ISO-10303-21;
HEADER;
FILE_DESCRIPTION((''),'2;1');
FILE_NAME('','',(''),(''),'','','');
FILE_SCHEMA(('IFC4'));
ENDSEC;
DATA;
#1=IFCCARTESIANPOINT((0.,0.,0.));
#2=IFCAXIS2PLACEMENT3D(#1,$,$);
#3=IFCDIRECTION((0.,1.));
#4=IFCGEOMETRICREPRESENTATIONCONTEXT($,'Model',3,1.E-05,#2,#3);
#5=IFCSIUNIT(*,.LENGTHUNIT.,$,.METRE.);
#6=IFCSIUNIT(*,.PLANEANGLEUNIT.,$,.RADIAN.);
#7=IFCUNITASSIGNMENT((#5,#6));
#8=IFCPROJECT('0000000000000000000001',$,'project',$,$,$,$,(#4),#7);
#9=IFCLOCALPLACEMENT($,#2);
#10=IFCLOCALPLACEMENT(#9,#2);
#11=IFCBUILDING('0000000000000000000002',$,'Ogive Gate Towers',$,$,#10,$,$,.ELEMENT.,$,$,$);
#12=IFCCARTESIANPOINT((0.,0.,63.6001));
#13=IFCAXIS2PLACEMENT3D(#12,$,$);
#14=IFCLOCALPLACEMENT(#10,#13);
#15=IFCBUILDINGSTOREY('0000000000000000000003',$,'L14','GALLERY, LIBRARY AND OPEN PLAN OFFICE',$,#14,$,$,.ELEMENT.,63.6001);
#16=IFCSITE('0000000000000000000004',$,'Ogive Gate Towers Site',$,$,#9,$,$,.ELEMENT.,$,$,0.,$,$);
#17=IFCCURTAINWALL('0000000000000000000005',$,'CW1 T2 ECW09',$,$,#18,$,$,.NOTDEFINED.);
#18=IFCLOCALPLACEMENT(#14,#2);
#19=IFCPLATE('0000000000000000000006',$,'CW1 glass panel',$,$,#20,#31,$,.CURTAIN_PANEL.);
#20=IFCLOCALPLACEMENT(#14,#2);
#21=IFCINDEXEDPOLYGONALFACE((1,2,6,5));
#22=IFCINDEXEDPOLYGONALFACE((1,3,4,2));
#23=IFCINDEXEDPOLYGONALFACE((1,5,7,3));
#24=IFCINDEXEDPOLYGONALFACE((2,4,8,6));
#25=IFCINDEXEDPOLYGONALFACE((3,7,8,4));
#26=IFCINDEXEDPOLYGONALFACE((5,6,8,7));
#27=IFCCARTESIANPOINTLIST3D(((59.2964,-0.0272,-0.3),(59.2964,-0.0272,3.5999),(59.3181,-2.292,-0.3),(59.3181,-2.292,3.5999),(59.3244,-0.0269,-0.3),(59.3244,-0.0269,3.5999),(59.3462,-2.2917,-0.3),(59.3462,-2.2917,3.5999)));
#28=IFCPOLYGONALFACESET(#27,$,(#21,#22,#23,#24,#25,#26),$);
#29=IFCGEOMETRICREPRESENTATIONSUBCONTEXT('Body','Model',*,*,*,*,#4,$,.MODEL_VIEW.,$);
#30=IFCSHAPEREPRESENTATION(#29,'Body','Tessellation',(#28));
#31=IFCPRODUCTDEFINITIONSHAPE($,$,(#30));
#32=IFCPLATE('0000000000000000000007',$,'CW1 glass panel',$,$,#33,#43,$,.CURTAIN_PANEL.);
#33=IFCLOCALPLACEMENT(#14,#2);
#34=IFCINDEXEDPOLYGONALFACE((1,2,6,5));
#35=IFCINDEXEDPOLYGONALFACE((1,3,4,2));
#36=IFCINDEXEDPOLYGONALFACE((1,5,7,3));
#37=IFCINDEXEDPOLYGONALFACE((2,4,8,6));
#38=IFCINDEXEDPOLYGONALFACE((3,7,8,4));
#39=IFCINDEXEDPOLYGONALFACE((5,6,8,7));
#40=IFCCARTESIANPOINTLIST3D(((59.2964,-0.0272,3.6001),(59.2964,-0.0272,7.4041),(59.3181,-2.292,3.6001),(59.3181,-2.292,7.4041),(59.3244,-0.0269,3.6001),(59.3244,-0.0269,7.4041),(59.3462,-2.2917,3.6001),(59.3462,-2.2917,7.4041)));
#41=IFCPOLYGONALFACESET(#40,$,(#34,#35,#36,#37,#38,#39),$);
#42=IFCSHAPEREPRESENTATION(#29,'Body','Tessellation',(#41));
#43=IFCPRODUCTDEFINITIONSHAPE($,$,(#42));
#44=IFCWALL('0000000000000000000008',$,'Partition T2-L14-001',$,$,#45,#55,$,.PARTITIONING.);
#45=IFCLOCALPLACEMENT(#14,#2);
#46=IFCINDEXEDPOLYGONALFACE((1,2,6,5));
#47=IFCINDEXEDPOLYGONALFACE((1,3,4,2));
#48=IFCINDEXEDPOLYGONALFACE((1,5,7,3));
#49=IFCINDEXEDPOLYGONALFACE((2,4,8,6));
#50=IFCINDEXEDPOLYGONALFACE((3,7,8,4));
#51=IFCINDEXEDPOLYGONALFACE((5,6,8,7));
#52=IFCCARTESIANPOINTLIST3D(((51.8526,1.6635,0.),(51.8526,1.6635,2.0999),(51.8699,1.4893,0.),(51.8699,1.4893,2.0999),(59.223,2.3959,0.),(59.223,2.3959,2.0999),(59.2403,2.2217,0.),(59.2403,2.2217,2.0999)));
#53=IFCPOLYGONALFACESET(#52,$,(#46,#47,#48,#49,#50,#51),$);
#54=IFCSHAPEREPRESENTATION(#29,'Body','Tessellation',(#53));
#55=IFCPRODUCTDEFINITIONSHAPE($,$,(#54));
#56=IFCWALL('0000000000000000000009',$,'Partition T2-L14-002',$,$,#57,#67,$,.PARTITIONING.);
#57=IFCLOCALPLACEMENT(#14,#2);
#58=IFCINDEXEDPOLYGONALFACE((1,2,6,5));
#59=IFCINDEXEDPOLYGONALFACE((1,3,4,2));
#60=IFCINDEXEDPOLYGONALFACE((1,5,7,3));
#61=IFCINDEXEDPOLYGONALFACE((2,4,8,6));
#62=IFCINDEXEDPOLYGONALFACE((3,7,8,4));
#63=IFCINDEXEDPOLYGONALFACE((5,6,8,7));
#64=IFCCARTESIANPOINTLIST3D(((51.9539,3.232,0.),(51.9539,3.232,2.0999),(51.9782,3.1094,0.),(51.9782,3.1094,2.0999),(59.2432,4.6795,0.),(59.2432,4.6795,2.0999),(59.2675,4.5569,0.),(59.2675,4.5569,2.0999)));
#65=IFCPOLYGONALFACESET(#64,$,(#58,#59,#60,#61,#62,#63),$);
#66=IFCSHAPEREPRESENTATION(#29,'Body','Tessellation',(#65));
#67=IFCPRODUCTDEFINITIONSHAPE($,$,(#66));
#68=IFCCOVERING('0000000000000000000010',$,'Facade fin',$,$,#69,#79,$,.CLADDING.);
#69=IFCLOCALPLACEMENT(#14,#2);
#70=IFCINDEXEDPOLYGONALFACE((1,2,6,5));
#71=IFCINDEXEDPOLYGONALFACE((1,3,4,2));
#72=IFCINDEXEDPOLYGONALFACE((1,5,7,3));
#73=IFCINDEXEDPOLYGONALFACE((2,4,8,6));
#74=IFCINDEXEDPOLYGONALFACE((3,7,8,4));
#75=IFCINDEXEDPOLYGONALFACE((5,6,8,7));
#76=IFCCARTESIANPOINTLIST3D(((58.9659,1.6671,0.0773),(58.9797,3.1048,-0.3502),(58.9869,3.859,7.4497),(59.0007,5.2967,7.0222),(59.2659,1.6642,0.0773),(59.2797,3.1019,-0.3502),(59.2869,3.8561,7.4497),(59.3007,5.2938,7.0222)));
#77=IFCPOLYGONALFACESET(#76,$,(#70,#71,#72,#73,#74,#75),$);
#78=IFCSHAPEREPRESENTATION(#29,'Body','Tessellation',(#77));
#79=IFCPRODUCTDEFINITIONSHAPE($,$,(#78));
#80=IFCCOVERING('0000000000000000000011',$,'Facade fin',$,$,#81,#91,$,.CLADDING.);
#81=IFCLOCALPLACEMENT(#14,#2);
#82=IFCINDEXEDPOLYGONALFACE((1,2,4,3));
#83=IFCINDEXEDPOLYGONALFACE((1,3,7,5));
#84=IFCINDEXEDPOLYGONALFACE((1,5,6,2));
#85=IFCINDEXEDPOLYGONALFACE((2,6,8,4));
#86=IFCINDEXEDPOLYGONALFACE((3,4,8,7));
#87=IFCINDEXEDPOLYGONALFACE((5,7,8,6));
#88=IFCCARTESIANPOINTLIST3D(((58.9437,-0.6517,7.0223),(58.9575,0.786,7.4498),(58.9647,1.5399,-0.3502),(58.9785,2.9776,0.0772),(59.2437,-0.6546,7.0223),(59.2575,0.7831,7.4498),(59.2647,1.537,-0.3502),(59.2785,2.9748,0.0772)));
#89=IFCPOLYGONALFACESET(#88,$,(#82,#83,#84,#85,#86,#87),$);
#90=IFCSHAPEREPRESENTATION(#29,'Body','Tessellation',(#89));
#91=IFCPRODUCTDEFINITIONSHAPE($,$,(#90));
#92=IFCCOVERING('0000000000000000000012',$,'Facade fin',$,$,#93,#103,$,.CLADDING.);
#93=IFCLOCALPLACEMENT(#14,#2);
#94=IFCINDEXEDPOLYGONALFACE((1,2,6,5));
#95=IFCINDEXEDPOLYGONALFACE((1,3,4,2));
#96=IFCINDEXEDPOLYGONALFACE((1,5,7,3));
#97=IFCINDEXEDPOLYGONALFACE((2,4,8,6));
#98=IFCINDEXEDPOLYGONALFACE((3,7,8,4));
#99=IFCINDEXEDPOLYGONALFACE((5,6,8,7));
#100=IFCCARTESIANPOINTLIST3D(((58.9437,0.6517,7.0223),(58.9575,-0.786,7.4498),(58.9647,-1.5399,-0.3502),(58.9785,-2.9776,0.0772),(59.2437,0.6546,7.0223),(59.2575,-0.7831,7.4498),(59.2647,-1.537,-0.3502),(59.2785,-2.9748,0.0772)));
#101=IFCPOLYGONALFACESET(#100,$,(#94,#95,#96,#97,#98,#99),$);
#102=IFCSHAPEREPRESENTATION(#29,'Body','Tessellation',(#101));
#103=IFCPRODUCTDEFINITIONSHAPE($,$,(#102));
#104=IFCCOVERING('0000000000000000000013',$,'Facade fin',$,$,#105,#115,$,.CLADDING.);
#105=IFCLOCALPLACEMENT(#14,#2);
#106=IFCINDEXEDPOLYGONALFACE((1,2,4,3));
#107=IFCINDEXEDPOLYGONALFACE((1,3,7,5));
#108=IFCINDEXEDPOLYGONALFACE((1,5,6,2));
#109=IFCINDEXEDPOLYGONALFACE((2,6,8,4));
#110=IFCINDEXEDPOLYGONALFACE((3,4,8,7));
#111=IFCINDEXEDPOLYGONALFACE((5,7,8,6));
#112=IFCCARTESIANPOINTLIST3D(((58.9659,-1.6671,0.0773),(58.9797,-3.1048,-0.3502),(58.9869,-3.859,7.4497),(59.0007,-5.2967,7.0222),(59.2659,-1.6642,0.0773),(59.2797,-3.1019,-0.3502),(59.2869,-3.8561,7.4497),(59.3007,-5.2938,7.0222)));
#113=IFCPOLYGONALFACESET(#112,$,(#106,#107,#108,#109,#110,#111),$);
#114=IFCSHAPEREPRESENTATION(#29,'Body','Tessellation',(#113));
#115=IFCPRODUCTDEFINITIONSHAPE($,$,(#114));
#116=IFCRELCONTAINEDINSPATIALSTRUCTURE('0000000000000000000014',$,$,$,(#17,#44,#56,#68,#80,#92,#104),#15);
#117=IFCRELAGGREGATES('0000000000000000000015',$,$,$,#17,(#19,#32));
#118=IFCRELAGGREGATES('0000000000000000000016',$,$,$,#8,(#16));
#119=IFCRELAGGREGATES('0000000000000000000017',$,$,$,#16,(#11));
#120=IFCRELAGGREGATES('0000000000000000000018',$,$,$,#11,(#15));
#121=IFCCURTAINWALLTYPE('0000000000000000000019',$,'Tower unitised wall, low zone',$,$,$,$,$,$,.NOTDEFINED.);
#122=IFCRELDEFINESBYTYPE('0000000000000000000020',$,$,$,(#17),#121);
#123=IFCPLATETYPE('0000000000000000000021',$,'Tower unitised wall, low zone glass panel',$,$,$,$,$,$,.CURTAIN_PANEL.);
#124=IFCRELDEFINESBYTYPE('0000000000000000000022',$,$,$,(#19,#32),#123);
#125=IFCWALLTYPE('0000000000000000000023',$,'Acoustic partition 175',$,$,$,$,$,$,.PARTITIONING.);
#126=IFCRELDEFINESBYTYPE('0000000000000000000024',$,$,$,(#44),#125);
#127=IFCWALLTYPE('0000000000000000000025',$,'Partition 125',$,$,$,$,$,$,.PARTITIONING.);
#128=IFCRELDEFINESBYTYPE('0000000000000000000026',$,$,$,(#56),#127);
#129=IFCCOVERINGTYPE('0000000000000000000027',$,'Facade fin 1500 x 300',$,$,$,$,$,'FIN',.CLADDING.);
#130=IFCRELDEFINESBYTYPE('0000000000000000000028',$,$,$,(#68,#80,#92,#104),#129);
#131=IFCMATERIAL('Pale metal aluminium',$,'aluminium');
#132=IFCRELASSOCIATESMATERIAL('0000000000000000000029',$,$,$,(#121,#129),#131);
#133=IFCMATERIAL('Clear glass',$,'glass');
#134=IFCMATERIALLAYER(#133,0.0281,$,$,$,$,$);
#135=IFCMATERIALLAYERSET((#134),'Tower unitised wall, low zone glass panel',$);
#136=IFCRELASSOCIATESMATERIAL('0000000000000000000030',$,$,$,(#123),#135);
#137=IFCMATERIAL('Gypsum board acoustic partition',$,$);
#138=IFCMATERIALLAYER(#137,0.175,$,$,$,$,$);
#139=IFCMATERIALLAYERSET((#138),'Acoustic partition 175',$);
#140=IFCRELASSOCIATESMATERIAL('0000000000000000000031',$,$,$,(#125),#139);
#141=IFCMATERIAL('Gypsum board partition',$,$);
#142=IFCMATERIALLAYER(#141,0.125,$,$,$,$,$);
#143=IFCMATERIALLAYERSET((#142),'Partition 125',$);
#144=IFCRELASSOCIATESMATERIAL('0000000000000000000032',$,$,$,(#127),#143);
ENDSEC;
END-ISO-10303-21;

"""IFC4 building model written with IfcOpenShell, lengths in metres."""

from ifc_helpers import new_model, si_unit, direction, frame, frame_2d, origin, origin_2d, place, context, subcontext, project, spatial, rectangle, extrude, material, layer, layer_set, material_profile, profile_set, type_object, element, aggregate, save


model = new_model("IFC4")

# Units and contexts
model_context = context("Model", 3, precision=1e-05, world=origin(), true_north=direction((0.0, 1.0)))
body_context = subcontext(model_context, "Body", "Model", "MODEL_VIEW")
ifc_project = project(units=[si_unit("LENGTHUNIT", "METRE"), si_unit("PLANEANGLEUNIT", "RADIAN")], contexts=[model_context])

# Site, building, storey
site_placement = place(None, origin())
site = spatial("IfcSite", under=ifc_project, at=site_placement, Name="Ogive Gate Towers Site", CompositionType="ELEMENT", RefElevation=0.0)
building_placement = place(site_placement, origin())
building = spatial("IfcBuilding", under=site, at=building_placement, Name="Ogive Gate Towers", CompositionType="ELEMENT")
storey_placement = place(building_placement, frame((0.0, 0.0, 63.6001)))
storey = spatial("IfcBuildingStorey", under=building, at=storey_placement, Name="L14", Description="GALLERY, LIBRARY AND OPEN PLAN OFFICE", CompositionType="ELEMENT", Elevation=63.6001)

# Shared definitions
ifc_material_1 = material(Name="Pale metal aluminium", Category="aluminium")
curtain_wall_type = type_object("IfcCurtainWallType", Name="Tower unitised wall, low zone", PredefinedType="NOTDEFINED", material=ifc_material_1)

# Curtain wall
curtain_wall_1_placement = place(storey_placement, origin())
curtain_wall_1 = element("IfcCurtainWall", 1, at=curtain_wall_1_placement, inside=storey, type_object=curtain_wall_type, Name="CW1 T2 ECW09", PredefinedType="NOTDEFINED")

# Plates
ifc_material_2 = material(Name="Clear glass", Category="glass")
ifc_layer_1 = layer(ifc_material_2, 0.0281)
ifc_layer_set_1 = layer_set([ifc_layer_1], Name="Tower unitised wall, low zone glass panel")
plate_type = type_object("IfcPlateType", Name="Tower unitised wall, low zone glass panel", PredefinedType="CURTAIN_PANEL", material=ifc_layer_set_1)
plate_1_placement = place(storey_placement, frame((59.3213, -1.1594, -0.3), z_axis=(0.0, 0.0, 1.0), x_axis=(0.009617, -0.999954, 0.0)))
plate_1 = element("IfcPlate", 2, at=plate_1_placement, type_object=plate_type, Name="CW1 glass panel", PredefinedType="CURTAIN_PANEL", context=body_context, shape_type="SweptSolid", body=[
    extrude(rectangle(XDim=2.2649, YDim=0.0281, at=origin_2d()), origin(), (0.0, 0.0, 1.0), 3.8999),
])
plate_2_placement = place(storey_placement, frame((59.3213, -1.1594, 3.6001), z_axis=(0.0, 0.0, 1.0), x_axis=(0.009617, -0.999954, 0.0)))
plate_2 = element("IfcPlate", 3, at=plate_2_placement, type_object=plate_type, Name="CW1 glass panel", PredefinedType="CURTAIN_PANEL", context=body_context, shape_type="SweptSolid", body=[
    extrude(rectangle(XDim=2.2649, YDim=0.0281, at=origin_2d()), origin(), (0.0, 0.0, 1.0), 3.804),
])
aggregate(curtain_wall_1, [plate_1, plate_2])

# Walls
ifc_material_3 = material(Name="Gypsum board acoustic partition")
ifc_layer_2 = layer(ifc_material_3, 0.175)
ifc_layer_set_2 = layer_set([ifc_layer_2], Name="Acoustic partition 175")
wall_type_1 = type_object("IfcWallType", Name="Acoustic partition 175", PredefinedType="PARTITIONING", material=ifc_layer_set_2)
wall_1_placement = place(storey_placement, frame((59.2317, 2.3088, 0.0), z_axis=(0.0, 0.0, 1.0), x_axis=(-0.995099, -0.098887, 0.0)))
element("IfcWall", 4, at=wall_1_placement, inside=storey, type_object=wall_type_1, Name="Partition T2-L14-001", PredefinedType="PARTITIONING", context=body_context, shape_type="SweptSolid", body=[
    extrude(rectangle(XDim=7.4067, YDim=0.175, at=frame_2d((3.7034, 0.0))), origin(), (0.0, 0.0, 1.0), 2.0999),
])
ifc_material_4 = material(Name="Gypsum board partition")
ifc_layer_3 = layer(ifc_material_4, 0.125)
ifc_layer_set_3 = layer_set([ifc_layer_3], Name="Partition 125")
wall_type_2 = type_object("IfcWallType", Name="Partition 125", PredefinedType="PARTITIONING", material=ifc_layer_set_3)
wall_2_placement = place(storey_placement, frame((59.2554, 4.6182, 0.0), z_axis=(0.0, 0.0, 1.0), x_axis=(-0.980848, -0.194777, 0.0)))
element("IfcWall", 5, at=wall_2_placement, inside=storey, type_object=wall_type_2, Name="Partition T2-L14-002", PredefinedType="PARTITIONING", context=body_context, shape_type="SweptSolid", body=[
    extrude(rectangle(XDim=7.4316, YDim=0.125, at=frame_2d((3.7158, 0.0))), origin(), (0.0, 0.0, 1.0), 2.0999),
])

# Coverings
ifc_material_profile_1 = material_profile(ifc_material_1, rectangle(XDim=0.3, YDim=1.5, at=origin_2d()), Name="1500 x 300 pale metal aluminium")
ifc_profile_set_1 = profile_set([ifc_material_profile_1], Name="Pale metal aluminium")
covering_type = type_object("IfcCoveringType", Name="Facade fin 1500 x 300", ElementType="FIN", PredefinedType="CLADDING", material=ifc_profile_set_1)
for number, where, z_axis, x_axis, name in (
    (6, (59.1228, 2.3845, -0.1365), (0.00273, 0.284976, 0.958531), (-0.999954, 0.009579, 0.0), "Facade fin"),
    (7, (59.1216, 2.2573, -0.1365), (-0.00273, -0.284946, 0.95854), (0.999954, -0.00958, 0.0), "Facade fin"),
    (8, (59.1216, -2.2573, -0.1365), (-0.00273, 0.284946, 0.95854), (-0.999954, -0.00958, 0.0), "Facade fin"),
    (9, (59.1228, -2.3845, -0.1365), (0.00273, -0.284976, 0.958531), (0.999954, 0.009579, 0.0), "Facade fin"),
):
    element("IfcCovering", number, at=place(storey_placement, frame(where, z_axis=z_axis, x_axis=x_axis)), inside=storey, type_object=covering_type, Name=name, PredefinedType="CLADDING", context=body_context, shape_type="SweptSolid", body=[
        extrude(rectangle(XDim=0.3, YDim=1.5, at=origin_2d()), origin(), (0.0, 0.0, 1.0), 7.6914),
    ])

save(model, "model.ifc")
